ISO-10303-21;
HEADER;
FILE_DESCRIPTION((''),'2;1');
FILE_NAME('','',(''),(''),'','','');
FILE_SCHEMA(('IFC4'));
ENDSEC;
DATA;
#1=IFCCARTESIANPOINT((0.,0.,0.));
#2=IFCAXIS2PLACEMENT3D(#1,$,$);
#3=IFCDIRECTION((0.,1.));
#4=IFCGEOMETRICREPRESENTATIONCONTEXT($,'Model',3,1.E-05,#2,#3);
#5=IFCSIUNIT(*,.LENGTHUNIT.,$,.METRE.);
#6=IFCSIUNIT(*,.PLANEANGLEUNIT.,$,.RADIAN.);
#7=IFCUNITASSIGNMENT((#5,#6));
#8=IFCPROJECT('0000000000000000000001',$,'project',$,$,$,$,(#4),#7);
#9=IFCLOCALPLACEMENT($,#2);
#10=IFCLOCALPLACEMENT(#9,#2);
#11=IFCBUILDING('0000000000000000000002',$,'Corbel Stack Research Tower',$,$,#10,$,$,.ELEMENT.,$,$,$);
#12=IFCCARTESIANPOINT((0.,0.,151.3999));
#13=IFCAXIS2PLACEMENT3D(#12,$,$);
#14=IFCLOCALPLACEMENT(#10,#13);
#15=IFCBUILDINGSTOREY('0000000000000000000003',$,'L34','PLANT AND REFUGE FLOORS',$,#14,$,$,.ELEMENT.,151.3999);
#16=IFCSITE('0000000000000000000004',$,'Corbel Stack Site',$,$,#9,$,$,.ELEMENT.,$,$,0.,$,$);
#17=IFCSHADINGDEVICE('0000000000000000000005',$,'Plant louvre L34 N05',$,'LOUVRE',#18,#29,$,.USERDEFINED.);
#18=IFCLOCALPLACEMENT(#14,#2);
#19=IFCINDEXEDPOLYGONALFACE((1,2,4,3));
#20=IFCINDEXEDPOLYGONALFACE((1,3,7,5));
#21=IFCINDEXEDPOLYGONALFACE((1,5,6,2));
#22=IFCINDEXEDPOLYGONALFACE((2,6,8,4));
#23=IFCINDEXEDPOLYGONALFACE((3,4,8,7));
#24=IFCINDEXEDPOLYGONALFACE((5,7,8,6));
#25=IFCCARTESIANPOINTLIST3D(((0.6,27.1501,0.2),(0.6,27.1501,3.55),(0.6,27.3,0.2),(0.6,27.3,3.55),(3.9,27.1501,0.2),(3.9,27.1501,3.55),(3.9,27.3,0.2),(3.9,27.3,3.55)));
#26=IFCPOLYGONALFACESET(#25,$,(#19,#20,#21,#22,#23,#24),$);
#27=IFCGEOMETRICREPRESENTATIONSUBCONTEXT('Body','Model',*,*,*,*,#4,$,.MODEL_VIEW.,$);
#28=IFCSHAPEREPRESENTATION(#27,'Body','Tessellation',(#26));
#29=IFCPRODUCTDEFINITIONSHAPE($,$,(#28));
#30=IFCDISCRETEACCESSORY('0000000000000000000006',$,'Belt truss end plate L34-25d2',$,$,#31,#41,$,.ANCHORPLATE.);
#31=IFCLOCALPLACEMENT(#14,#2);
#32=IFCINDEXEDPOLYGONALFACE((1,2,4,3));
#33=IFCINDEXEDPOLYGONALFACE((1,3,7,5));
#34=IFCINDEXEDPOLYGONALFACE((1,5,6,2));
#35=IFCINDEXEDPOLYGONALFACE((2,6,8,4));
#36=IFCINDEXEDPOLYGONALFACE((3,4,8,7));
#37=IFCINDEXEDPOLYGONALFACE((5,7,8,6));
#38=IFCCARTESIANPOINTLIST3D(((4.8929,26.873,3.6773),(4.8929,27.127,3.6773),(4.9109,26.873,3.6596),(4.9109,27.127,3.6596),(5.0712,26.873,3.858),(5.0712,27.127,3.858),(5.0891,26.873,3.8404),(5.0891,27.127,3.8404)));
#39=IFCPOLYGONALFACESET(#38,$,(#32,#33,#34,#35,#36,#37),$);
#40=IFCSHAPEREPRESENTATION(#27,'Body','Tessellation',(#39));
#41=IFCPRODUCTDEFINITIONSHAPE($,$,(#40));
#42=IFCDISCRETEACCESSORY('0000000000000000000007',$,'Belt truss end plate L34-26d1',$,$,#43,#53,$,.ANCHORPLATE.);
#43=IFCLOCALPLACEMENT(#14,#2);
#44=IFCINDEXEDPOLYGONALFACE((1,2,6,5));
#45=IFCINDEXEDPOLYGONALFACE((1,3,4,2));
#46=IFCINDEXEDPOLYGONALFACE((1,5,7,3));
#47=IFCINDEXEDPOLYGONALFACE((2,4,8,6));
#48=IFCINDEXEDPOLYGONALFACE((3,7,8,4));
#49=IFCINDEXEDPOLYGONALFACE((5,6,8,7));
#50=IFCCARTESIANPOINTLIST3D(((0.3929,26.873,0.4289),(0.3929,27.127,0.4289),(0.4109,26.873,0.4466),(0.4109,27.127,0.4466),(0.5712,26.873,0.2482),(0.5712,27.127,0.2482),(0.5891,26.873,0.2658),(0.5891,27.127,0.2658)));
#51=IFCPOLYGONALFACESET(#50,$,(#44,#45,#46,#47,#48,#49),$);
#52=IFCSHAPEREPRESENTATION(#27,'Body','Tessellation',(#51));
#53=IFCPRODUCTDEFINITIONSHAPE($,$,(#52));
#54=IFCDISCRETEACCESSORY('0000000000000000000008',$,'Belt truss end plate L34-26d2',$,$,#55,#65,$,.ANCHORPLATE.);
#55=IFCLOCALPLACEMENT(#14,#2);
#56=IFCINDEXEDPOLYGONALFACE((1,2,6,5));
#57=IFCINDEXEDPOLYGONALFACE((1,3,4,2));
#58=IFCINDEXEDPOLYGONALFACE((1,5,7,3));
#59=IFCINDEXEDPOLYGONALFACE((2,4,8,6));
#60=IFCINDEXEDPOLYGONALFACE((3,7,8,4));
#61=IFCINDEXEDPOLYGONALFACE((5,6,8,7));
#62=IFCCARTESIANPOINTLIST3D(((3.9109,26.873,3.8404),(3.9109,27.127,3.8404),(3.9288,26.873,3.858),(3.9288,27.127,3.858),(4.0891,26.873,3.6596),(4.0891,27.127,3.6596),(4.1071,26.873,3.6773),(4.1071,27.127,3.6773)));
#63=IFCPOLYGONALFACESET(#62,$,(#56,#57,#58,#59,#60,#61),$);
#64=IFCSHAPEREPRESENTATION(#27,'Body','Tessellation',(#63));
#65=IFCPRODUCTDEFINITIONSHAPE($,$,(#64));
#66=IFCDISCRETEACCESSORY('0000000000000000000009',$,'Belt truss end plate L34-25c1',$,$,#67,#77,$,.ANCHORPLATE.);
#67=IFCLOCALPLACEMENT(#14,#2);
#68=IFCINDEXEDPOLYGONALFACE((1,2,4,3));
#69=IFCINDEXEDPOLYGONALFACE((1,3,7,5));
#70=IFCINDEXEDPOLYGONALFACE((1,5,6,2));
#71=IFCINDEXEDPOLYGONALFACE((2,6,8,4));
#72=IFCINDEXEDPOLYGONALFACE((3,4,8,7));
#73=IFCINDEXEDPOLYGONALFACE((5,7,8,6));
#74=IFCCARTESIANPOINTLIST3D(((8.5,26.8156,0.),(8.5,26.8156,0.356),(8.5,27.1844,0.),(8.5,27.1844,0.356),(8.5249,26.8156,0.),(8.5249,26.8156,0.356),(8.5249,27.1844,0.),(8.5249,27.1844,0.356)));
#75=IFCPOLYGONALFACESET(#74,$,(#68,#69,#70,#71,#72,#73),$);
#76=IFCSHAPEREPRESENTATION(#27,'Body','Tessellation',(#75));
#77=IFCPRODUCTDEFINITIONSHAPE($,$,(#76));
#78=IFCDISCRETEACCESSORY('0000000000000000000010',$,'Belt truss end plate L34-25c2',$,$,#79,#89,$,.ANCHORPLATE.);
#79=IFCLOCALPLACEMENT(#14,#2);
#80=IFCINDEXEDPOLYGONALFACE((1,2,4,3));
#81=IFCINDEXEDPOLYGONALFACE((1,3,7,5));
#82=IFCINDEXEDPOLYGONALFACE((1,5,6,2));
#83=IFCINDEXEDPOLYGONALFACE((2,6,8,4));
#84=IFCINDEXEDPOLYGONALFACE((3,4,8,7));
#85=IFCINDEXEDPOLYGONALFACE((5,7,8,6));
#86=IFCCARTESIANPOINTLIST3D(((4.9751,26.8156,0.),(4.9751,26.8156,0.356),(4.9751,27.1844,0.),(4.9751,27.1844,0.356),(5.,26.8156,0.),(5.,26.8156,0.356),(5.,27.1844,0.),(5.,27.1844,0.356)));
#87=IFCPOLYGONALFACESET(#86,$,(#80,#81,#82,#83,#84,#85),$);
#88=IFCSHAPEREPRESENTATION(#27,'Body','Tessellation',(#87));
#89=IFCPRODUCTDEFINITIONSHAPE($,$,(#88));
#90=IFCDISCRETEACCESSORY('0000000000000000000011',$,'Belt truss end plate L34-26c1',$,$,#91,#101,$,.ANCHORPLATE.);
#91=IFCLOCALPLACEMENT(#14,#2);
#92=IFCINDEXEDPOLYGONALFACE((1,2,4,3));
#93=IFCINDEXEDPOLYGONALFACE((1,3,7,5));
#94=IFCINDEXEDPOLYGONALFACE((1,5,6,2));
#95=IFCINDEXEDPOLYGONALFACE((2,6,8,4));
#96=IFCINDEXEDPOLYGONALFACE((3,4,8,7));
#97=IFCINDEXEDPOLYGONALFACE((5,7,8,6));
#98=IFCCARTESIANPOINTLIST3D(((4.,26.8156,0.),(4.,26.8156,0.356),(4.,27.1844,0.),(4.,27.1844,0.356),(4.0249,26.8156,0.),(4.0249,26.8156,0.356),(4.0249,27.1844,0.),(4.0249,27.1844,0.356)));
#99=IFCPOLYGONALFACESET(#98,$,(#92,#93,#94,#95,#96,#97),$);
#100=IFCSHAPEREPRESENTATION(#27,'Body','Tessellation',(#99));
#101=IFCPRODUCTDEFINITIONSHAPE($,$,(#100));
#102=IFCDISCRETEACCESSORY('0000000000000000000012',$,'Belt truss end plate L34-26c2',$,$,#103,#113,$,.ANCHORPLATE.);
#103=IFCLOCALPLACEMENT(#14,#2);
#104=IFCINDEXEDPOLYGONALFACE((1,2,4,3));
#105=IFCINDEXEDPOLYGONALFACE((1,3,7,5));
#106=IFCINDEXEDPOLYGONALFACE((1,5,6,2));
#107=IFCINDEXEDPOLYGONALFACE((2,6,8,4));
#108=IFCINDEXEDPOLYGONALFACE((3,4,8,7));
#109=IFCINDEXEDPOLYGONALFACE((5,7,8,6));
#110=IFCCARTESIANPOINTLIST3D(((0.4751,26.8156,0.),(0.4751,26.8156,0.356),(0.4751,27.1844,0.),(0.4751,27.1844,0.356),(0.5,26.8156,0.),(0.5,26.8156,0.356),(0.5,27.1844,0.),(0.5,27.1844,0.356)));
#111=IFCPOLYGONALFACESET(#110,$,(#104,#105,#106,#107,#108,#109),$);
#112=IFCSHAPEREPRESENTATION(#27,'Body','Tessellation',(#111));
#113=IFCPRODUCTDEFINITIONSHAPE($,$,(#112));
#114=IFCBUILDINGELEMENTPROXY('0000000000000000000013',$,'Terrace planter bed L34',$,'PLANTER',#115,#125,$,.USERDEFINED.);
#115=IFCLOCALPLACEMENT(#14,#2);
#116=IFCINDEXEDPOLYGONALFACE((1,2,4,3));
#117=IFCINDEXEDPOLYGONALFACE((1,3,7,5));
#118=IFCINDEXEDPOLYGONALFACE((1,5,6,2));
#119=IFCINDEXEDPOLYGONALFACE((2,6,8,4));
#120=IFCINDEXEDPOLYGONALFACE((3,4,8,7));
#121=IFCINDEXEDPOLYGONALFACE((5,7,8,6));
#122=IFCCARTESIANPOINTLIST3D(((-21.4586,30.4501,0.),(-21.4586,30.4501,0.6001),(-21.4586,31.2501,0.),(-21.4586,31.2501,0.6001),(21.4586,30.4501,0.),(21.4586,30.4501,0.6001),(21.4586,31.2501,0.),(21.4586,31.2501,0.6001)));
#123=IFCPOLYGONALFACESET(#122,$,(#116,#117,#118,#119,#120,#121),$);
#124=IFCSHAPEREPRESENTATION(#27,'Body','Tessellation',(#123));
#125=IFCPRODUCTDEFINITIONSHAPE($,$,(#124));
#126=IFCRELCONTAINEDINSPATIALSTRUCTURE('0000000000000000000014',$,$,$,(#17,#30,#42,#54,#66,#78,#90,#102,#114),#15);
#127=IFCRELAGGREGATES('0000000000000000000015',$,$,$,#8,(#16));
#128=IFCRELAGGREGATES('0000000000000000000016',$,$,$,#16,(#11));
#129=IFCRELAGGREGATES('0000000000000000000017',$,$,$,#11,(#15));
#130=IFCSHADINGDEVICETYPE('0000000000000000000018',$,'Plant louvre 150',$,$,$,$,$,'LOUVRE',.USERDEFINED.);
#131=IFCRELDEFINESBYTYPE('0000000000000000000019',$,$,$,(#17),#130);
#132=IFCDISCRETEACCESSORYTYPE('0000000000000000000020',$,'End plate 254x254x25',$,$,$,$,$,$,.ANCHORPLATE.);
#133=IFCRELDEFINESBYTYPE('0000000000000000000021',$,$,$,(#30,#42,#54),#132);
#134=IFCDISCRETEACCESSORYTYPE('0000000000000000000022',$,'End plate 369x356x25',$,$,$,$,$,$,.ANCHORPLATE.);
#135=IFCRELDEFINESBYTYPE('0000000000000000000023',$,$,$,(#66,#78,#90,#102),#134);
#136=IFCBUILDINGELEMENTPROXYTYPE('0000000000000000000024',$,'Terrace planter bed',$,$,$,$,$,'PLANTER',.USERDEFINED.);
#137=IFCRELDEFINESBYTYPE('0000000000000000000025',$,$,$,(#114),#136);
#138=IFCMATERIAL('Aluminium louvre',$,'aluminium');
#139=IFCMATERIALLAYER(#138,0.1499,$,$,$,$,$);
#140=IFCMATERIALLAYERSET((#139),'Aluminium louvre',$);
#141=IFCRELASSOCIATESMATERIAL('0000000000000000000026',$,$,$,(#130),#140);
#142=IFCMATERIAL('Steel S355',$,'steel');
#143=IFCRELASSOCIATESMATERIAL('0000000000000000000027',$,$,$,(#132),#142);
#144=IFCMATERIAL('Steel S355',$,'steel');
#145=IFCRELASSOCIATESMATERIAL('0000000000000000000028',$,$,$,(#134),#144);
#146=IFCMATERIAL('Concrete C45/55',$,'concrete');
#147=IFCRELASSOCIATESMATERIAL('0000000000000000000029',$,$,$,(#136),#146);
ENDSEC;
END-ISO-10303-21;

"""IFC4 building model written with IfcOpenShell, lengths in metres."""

from ifc_helpers import new_model, si_unit, direction, frame, origin, origin_2d, place, context, subcontext, project, spatial, rectangle, extrude, material, layer, layer_set, material_profile, profile_set, type_object, element, save


model = new_model("IFC4")

# Units and contexts
model_context = context("Model", 3, precision=1e-05, world=origin(), true_north=direction((0.0, 1.0)))
body_context = subcontext(model_context, "Body", "Model", "MODEL_VIEW")
ifc_project = project(units=[si_unit("LENGTHUNIT", "METRE"), si_unit("PLANEANGLEUNIT", "RADIAN")], contexts=[model_context])

# Site, building, storey
site_placement = place(None, origin())
site = spatial("IfcSite", under=ifc_project, at=site_placement, Name="Corbel Stack Site", CompositionType="ELEMENT", RefElevation=0.0)
building_placement = place(site_placement, origin())
building = spatial("IfcBuilding", under=site, at=building_placement, Name="Corbel Stack Research Tower", CompositionType="ELEMENT")
storey_placement = place(building_placement, frame((0.0, 0.0, 151.3999)))
storey = spatial("IfcBuildingStorey", under=building, at=storey_placement, Name="L34", Description="PLANT AND REFUGE FLOORS", CompositionType="ELEMENT", Elevation=151.3999)

# Shading device
ifc_material_1 = material(Name="Aluminium louvre", Category="aluminium")
ifc_layer_1 = layer(ifc_material_1, 0.1499)
ifc_layer_set_1 = layer_set([ifc_layer_1], Name="Aluminium louvre")
shading_device_type = type_object("IfcShadingDeviceType", Name="Plant louvre 150", ElementType="LOUVRE", PredefinedType="USERDEFINED", material=ifc_layer_set_1)
for number, where, z_axis, x_axis, name in (
    (1, (2.25, 27.2251, 0.2), (0.0, 0.0, 1.0), (-1.0, 0.0, 0.0), "Plant louvre L34 N05"),
):
    element("IfcShadingDevice", number, at=place(storey_placement, frame(where, z_axis=z_axis, x_axis=x_axis)), inside=storey, type_object=shading_device_type, Name=name, ObjectType="LOUVRE", PredefinedType="USERDEFINED", context=body_context, shape_type="SweptSolid", body=[
        extrude(rectangle(XDim=3.3, YDim=0.1499, at=origin_2d()), origin(), (0.0, 0.0, 1.0), 3.3501),
    ])

# Discrete accessories
ifc_material_2 = material(Name="Steel S355", Category="steel")
ifc_material_profile_1 = material_profile(ifc_material_2, rectangle(XDim=0.2539, YDim=0.2539, at=origin_2d()), Name="End plate 254x254x25")
ifc_profile_set_1 = profile_set([ifc_material_profile_1], Name="Steel S355")
discrete_accessory_type_1 = type_object("IfcDiscreteAccessoryType", Name="End plate 254x254x25", PredefinedType="ANCHORPLATE", material=ifc_profile_set_1)
for number, where, z_axis, x_axis, name in (
    (2, (5.0, 27.0, 3.75), (-0.711966, 0.0, 0.702213), (0.0, -1.0, 0.0), "Belt truss end plate L34-25d2"),
    (3, (0.5, 27.0, 0.3562), (-0.711966, 0.0, -0.702213), (0.0, -1.0, 0.0), "Belt truss end plate L34-26d1"),
    (4, (4.0, 27.0, 3.75), (0.711966, 0.0, 0.702213), (0.0, 1.0, 0.0), "Belt truss end plate L34-26d2"),
):
    element("IfcDiscreteAccessory", number, at=place(storey_placement, frame(where, z_axis=z_axis, x_axis=x_axis)), inside=storey, type_object=discrete_accessory_type_1, Name=name, PredefinedType="ANCHORPLATE", context=body_context, shape_type="SweptSolid", body=[
        extrude(rectangle(XDim=0.2539, YDim=0.2539, at=origin_2d()), origin(), (0.0, 0.0, 1.0), 0.0251),
    ])
ifc_material_3 = material(Name="Steel S355", Category="steel")
ifc_material_profile_2 = material_profile(ifc_material_3, rectangle(XDim=0.3689, YDim=0.356, at=origin_2d()), Name="End plate 369x356x25")
ifc_profile_set_2 = profile_set([ifc_material_profile_2], Name="Steel S355")
discrete_accessory_type_2 = type_object("IfcDiscreteAccessoryType", Name="End plate 369x356x25", PredefinedType="ANCHORPLATE", material=ifc_profile_set_2)
for number, where, z_axis, x_axis, name in (
    (5, (8.5, 27.0, 0.178), (1.0, 0.0, 0.0), (0.0, 1.0, 0.0), "Belt truss end plate L34-25c1"),
    (6, (5.0, 27.0, 0.178), (-1.0, 0.0, 0.0), (0.0, -1.0, 0.0), "Belt truss end plate L34-25c2"),
    (7, (4.0, 27.0, 0.178), (1.0, 0.0, 0.0), (0.0, 1.0, 0.0), "Belt truss end plate L34-26c1"),
    (8, (0.5, 27.0, 0.178), (-1.0, 0.0, 0.0), (0.0, -1.0, 0.0), "Belt truss end plate L34-26c2"),
):
    element("IfcDiscreteAccessory", number, at=place(storey_placement, frame(where, z_axis=z_axis, x_axis=x_axis)), inside=storey, type_object=discrete_accessory_type_2, Name=name, PredefinedType="ANCHORPLATE", context=body_context, shape_type="SweptSolid", body=[
        extrude(rectangle(XDim=0.3689, YDim=0.356, at=origin_2d()), origin(), (0.0, 0.0, 1.0), 0.0249),
    ])

# Building element proxy
ifc_material_4 = material(Name="Concrete C45/55", Category="concrete")
building_element_proxy_type = type_object("IfcBuildingElementProxyType", Name="Terrace planter bed", ElementType="PLANTER", PredefinedType="USERDEFINED", material=ifc_material_4)
proxy_placement = place(storey_placement, frame((0.0, 30.8501, 0.0), z_axis=(0.0, 0.0, 1.0), x_axis=(1.0, 0.0, 0.0)))
element("IfcBuildingElementProxy", 9, at=proxy_placement, inside=storey, type_object=building_element_proxy_type, Name="Terrace planter bed L34", ObjectType="PLANTER", PredefinedType="USERDEFINED", context=body_context, shape_type="SweptSolid", body=[
    extrude(rectangle(XDim=42.9172, YDim=0.8, at=origin_2d()), origin(), (0.0, 0.0, 1.0), 0.6001),
])

save(model, "model.ifc")
